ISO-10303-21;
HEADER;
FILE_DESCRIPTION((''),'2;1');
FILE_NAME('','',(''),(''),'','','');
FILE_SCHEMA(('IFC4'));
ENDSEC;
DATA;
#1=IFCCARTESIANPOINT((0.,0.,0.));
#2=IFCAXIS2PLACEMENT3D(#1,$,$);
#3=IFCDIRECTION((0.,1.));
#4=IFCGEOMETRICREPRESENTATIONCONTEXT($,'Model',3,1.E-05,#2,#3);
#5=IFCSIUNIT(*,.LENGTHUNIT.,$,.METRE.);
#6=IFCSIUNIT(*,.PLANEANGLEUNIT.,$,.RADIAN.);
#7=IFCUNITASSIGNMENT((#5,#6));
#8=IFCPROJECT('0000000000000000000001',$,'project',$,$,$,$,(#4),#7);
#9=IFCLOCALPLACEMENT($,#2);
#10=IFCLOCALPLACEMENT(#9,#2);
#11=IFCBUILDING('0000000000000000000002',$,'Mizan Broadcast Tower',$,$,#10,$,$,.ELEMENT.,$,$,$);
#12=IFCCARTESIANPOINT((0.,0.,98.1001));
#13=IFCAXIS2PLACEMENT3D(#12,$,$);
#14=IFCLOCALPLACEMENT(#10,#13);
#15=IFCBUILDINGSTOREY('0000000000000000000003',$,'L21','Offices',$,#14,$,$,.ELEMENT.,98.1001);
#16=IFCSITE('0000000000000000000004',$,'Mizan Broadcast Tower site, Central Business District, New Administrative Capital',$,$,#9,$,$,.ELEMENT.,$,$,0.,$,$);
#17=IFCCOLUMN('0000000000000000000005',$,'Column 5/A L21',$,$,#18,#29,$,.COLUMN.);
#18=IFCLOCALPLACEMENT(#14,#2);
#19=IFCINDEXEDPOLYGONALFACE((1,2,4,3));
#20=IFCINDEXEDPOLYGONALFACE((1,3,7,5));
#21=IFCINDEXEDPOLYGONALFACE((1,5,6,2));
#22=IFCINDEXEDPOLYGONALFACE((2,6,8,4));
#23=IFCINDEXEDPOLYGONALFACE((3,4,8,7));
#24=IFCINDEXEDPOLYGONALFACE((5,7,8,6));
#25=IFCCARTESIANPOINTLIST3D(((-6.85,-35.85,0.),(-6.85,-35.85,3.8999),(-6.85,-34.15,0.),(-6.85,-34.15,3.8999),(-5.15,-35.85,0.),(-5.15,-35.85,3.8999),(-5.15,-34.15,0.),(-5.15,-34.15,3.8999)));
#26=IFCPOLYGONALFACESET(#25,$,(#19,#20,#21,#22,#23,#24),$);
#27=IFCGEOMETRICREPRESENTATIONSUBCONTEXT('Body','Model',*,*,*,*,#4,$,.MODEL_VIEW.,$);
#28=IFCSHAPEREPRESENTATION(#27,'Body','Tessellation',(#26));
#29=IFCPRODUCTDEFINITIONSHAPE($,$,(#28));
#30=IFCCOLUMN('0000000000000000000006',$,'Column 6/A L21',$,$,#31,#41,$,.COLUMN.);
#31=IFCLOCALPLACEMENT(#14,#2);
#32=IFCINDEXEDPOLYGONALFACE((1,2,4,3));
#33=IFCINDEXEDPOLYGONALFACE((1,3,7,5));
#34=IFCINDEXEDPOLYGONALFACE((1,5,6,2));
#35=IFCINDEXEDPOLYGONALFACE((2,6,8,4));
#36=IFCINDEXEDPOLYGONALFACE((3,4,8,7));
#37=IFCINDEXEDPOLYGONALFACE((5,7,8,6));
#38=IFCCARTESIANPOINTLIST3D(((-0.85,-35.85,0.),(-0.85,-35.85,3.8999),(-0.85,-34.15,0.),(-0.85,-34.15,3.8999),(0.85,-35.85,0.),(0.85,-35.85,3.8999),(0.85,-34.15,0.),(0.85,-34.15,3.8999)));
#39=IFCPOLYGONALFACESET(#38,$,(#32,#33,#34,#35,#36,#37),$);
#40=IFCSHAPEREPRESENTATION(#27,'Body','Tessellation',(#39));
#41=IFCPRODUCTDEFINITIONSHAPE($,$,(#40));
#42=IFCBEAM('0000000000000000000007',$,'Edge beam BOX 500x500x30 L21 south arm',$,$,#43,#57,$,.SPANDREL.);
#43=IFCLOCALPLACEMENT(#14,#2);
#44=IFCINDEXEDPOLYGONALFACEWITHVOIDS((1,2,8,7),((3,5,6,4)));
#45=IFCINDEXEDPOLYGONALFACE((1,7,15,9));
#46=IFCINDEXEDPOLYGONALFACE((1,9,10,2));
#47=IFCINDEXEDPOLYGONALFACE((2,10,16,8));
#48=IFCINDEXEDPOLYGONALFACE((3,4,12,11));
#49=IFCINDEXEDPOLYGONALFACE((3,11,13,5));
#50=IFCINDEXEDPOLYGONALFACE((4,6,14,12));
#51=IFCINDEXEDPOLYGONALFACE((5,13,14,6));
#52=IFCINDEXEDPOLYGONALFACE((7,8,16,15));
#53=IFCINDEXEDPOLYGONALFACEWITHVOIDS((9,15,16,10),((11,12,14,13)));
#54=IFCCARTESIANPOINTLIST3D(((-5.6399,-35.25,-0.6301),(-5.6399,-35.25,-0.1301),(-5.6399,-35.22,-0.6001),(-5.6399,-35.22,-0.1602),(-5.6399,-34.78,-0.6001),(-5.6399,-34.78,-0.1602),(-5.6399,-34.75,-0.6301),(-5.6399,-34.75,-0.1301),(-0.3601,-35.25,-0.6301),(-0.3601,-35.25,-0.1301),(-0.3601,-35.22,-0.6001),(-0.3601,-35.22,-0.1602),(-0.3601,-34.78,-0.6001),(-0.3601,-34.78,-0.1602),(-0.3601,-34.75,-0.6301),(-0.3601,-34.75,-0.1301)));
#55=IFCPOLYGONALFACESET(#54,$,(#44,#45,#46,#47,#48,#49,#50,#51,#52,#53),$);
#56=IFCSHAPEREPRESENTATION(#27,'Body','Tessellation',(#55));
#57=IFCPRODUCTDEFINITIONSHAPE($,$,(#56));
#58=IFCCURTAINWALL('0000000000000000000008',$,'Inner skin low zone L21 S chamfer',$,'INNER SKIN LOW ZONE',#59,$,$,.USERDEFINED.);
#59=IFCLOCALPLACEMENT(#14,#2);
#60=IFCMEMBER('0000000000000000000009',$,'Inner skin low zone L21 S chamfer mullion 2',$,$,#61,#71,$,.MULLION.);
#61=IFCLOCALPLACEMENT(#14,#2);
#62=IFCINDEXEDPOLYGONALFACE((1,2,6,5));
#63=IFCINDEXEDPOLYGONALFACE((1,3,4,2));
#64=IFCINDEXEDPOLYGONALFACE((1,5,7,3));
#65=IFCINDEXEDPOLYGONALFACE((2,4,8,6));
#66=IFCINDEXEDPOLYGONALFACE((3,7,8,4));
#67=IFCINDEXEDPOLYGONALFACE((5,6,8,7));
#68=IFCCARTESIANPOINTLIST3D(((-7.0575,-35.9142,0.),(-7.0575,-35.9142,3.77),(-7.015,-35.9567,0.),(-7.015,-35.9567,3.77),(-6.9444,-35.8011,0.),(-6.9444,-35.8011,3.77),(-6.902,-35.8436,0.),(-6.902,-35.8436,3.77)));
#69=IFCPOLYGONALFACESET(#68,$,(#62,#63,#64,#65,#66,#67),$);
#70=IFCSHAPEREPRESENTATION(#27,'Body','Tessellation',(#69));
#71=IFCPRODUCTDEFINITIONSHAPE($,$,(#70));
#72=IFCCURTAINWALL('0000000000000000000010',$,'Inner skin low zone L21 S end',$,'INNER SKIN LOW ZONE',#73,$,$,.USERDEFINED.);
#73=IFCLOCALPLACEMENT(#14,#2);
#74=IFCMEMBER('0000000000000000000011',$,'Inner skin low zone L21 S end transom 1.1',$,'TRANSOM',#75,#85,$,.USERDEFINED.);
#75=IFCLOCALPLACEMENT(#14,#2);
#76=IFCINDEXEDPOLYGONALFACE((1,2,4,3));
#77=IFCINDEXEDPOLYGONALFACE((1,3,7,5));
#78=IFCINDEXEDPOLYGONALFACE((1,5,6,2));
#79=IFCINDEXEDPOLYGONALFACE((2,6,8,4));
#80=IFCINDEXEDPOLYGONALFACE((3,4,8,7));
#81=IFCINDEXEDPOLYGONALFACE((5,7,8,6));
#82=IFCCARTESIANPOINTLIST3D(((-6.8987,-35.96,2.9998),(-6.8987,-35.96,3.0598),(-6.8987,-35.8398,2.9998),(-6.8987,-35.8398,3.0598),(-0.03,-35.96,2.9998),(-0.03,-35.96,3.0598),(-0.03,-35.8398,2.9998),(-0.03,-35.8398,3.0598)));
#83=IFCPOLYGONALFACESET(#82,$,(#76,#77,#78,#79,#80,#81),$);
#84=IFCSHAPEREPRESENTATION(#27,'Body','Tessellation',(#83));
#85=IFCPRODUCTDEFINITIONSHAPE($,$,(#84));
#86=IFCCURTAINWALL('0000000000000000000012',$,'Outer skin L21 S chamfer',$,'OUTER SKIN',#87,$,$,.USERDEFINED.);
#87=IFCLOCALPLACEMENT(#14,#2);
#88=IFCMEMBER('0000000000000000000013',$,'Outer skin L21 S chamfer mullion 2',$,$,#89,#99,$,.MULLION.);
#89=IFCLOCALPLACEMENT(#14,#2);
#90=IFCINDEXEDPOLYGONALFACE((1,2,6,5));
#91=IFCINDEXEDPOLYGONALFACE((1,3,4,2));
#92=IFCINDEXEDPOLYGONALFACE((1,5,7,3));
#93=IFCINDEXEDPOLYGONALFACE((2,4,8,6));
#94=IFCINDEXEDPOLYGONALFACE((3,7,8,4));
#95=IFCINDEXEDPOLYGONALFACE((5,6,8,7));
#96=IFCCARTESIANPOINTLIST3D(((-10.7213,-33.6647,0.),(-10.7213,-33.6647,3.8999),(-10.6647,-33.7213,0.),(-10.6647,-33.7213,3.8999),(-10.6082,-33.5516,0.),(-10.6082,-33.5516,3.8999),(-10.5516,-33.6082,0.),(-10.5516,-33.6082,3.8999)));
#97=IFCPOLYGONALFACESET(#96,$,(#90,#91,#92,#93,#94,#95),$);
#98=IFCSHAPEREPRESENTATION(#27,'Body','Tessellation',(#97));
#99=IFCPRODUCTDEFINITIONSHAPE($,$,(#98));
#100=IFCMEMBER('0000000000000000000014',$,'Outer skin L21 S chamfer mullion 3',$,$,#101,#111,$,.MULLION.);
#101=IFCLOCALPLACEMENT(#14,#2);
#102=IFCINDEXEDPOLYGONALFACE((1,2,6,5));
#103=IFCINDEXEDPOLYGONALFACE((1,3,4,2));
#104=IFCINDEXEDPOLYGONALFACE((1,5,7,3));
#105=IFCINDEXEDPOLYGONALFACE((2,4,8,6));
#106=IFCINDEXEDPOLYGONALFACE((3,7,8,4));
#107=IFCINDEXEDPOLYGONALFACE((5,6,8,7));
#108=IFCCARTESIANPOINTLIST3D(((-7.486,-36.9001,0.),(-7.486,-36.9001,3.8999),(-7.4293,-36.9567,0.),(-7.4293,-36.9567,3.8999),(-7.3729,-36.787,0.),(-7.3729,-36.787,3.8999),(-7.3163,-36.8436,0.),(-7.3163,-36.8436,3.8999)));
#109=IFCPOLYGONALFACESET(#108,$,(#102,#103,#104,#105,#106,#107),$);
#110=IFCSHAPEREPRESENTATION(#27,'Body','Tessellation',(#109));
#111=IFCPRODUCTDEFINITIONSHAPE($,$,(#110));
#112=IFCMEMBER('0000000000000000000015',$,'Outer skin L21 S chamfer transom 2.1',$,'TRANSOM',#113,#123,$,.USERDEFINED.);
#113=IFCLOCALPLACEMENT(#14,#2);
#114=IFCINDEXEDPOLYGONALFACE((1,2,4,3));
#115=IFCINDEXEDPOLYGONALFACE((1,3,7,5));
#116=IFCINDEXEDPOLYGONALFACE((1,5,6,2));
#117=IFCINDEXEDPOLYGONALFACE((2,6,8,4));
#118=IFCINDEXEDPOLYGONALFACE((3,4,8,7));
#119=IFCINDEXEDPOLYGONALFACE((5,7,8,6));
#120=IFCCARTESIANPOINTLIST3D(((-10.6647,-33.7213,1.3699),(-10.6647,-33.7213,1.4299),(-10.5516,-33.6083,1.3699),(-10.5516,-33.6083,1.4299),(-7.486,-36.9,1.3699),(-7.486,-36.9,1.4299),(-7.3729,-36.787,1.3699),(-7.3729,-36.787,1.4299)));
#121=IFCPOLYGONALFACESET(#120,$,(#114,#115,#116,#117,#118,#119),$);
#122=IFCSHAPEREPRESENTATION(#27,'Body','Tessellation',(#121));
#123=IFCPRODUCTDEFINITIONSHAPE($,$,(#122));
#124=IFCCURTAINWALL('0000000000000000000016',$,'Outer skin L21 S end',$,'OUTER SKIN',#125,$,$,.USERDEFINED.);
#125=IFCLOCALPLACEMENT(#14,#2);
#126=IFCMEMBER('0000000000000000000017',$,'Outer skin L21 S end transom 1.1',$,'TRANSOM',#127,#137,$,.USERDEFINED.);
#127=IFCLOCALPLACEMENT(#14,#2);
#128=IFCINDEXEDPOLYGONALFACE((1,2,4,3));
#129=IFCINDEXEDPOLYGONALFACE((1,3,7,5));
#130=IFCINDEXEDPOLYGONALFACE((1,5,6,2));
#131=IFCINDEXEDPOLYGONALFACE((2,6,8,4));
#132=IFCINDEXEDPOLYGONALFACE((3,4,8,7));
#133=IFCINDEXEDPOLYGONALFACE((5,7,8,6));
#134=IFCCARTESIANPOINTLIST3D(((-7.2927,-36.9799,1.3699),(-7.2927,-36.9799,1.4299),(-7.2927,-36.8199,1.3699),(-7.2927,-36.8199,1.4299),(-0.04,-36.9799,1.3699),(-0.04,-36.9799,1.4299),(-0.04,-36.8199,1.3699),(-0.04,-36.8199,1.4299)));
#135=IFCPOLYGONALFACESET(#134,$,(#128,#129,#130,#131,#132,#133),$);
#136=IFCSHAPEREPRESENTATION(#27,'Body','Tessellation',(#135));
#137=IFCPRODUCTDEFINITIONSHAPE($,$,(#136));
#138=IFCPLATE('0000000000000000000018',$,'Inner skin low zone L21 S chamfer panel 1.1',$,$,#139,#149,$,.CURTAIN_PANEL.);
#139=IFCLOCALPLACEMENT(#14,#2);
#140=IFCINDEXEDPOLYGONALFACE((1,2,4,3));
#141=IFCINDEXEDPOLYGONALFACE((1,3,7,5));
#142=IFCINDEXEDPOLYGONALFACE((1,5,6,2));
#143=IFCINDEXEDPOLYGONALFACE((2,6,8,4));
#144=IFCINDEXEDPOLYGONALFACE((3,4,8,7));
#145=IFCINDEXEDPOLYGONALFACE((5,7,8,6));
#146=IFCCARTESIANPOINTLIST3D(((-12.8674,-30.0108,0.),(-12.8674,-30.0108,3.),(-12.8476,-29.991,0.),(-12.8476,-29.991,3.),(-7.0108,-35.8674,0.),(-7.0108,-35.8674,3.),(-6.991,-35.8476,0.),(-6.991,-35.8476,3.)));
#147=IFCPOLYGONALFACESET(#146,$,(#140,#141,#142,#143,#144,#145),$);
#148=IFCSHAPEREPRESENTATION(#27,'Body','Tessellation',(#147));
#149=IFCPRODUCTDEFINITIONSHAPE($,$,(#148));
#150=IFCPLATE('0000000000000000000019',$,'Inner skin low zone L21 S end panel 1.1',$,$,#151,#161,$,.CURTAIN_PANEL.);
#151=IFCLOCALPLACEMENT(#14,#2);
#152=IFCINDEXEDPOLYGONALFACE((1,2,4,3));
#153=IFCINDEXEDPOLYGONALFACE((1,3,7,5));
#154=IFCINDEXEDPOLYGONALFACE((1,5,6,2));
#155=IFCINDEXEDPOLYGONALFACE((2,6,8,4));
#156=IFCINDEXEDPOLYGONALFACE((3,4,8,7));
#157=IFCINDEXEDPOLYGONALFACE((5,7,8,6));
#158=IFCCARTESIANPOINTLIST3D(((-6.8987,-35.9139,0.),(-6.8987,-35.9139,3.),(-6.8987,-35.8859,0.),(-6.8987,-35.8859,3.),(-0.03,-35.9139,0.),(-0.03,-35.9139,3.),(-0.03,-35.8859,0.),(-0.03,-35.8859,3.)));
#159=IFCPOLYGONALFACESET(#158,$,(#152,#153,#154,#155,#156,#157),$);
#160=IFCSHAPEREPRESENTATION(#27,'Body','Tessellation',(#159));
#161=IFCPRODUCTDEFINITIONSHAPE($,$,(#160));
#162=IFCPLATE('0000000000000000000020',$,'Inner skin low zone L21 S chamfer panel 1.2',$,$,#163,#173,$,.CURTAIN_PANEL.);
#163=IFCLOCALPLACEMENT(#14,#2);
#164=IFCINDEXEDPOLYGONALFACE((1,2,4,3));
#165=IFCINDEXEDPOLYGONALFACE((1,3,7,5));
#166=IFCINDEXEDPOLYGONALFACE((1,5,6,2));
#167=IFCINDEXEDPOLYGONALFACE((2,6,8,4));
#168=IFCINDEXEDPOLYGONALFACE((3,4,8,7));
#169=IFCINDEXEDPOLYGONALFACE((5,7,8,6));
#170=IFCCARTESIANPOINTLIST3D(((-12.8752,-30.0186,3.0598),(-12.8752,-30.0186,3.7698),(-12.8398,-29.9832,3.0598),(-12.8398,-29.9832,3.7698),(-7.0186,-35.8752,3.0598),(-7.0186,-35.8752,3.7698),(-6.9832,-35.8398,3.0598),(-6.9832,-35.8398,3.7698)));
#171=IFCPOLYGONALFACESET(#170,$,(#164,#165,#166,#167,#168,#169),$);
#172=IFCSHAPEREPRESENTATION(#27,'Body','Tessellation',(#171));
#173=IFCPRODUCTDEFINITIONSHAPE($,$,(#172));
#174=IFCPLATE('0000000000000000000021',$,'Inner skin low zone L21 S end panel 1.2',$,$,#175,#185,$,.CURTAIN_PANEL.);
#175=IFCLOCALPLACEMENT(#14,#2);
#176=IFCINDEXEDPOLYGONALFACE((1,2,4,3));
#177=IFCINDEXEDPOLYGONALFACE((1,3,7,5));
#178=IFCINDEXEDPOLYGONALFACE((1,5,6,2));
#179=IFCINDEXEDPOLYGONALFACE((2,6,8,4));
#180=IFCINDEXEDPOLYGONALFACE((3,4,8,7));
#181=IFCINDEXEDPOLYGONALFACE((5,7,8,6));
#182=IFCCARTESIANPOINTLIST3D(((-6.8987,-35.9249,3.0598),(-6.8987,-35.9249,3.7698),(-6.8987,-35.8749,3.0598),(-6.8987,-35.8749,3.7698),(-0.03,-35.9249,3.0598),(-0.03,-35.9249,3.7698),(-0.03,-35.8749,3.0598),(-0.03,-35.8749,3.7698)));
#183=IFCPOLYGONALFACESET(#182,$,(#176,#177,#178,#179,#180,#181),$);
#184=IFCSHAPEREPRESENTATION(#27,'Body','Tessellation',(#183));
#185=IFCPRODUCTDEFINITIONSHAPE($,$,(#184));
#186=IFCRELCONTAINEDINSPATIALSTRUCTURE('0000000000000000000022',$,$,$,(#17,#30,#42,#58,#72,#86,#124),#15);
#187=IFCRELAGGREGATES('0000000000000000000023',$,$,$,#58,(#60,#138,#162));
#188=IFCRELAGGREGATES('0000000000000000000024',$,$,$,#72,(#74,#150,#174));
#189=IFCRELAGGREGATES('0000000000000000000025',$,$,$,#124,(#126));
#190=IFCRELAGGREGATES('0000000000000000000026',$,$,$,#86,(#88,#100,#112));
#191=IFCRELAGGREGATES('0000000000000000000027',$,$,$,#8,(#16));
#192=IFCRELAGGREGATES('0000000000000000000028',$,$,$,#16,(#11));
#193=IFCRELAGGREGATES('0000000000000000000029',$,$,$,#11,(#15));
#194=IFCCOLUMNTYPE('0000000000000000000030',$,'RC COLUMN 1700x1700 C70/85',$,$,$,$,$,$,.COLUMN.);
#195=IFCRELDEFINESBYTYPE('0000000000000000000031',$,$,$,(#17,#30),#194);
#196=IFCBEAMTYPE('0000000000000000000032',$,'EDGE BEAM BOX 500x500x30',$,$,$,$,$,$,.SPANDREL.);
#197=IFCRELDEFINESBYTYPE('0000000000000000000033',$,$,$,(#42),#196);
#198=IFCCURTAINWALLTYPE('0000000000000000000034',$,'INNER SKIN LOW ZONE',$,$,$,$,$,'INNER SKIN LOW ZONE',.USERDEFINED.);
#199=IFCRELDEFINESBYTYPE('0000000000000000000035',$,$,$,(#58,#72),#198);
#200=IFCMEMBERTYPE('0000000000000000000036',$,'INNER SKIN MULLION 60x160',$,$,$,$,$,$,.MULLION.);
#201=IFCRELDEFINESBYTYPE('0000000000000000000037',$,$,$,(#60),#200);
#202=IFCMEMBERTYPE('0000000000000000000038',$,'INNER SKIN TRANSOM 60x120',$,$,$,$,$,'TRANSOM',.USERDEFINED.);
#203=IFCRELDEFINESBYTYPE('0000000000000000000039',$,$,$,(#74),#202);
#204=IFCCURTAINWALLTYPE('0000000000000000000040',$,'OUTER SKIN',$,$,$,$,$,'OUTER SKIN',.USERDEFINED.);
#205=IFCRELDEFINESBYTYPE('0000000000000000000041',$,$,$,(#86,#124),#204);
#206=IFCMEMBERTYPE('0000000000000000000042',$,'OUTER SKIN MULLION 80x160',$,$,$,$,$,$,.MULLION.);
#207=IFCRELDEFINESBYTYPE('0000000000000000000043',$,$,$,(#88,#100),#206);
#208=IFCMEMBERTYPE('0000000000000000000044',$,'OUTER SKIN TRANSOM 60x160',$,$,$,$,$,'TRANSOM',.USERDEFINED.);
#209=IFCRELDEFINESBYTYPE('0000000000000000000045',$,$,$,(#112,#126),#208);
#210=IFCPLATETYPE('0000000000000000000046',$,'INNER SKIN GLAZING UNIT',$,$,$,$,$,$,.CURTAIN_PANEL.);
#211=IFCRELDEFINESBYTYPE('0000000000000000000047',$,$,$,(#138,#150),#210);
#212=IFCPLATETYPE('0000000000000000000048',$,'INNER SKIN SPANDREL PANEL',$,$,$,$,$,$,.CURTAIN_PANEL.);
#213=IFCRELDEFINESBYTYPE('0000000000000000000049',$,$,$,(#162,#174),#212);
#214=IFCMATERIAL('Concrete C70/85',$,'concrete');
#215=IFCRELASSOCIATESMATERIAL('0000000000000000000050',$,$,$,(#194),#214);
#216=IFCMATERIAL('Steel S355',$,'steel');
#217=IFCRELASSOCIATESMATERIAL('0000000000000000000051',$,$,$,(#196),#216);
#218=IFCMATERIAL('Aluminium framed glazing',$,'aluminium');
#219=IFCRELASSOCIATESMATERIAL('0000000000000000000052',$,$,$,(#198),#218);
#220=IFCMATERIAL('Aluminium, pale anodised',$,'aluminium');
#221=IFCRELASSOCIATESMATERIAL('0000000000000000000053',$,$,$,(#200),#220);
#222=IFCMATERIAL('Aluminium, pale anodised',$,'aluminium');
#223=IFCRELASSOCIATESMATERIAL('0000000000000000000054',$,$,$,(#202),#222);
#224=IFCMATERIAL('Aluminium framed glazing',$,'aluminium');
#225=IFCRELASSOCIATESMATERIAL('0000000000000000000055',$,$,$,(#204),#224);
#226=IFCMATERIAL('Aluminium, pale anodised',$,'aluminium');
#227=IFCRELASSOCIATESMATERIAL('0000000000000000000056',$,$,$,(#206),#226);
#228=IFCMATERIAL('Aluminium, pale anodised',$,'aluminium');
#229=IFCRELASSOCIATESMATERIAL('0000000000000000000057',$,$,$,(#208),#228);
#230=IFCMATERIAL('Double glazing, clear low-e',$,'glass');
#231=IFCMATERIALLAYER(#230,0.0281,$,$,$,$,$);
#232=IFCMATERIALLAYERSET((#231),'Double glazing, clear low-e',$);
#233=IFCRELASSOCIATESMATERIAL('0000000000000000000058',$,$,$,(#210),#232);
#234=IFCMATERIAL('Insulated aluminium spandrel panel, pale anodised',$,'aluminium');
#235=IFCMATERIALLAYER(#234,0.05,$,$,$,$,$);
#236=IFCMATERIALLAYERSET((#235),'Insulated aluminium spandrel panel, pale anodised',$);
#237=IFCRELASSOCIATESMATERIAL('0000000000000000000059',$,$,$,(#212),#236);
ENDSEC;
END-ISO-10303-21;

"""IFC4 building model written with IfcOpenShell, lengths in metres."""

from ifc_helpers import new_model, si_unit, direction, frame, origin, origin_2d, place, context, subcontext, project, spatial, rectangle, hollow_rectangle, extrude, material, layer, layer_set, material_profile, profile_set, type_object, element, aggregate, save


model = new_model("IFC4")

# Units and contexts
model_context = context("Model", 3, precision=1e-05, world=origin(), true_north=direction((0.0, 1.0)))
body_context = subcontext(model_context, "Body", "Model", "MODEL_VIEW")
ifc_project = project(units=[si_unit("LENGTHUNIT", "METRE"), si_unit("PLANEANGLEUNIT", "RADIAN")], contexts=[model_context])

# Site, building, storey
site_placement = place(None, origin())
site = spatial("IfcSite", under=ifc_project, at=site_placement, Name="Mizan Broadcast Tower site, Central Business District, New Administrative Capital", CompositionType="ELEMENT", RefElevation=0.0)
building_placement = place(site_placement, origin())
building = spatial("IfcBuilding", under=site, at=building_placement, Name="Mizan Broadcast Tower", CompositionType="ELEMENT")
storey_placement = place(building_placement, frame((0.0, 0.0, 98.1001)))
storey = spatial("IfcBuildingStorey", under=building, at=storey_placement, Name="L21", Description="Offices", CompositionType="ELEMENT", Elevation=98.1001)

# Columns
ifc_material_1 = material(Name="Concrete C70/85", Category="concrete")
ifc_material_profile_1 = material_profile(ifc_material_1, rectangle(XDim=1.7, YDim=1.7, at=origin_2d()), Name="RC 1700x1700")
ifc_profile_set_1 = profile_set([ifc_material_profile_1], Name="Concrete C70/85")
column_type = type_object("IfcColumnType", Name="RC COLUMN 1700x1700 C70/85", PredefinedType="COLUMN", material=ifc_profile_set_1)
for number, where, z_axis, x_axis, name in (
    (1, (-6.0, -35.0, 0.0), (0.0, 0.0, 1.0), (1.0, 0.0, 0.0), "Column 5/A L21"),
    (2, (0.0, -35.0, 0.0), (0.0, 0.0, 1.0), (1.0, 0.0, 0.0), "Column 6/A L21"),
):
    element("IfcColumn", number, at=place(storey_placement, frame(where, z_axis=z_axis, x_axis=x_axis)), inside=storey, type_object=column_type, Name=name, PredefinedType="COLUMN", context=body_context, shape_type="SweptSolid", body=[
        extrude(rectangle(XDim=1.7, YDim=1.7, at=origin_2d()), origin(), (0.0, 0.0, 1.0), 3.8999),
    ])

# Beam
ifc_material_2 = material(Name="Steel S355", Category="steel")
ifc_material_profile_2 = material_profile(ifc_material_2, hollow_rectangle(XDim=0.5, YDim=0.5, WallThickness=0.03, at=origin_2d()), Name="BOX 500x500x30")
ifc_profile_set_2 = profile_set([ifc_material_profile_2], Name="Steel S355")
beam_type = type_object("IfcBeamType", Name="EDGE BEAM BOX 500x500x30", PredefinedType="SPANDREL", material=ifc_profile_set_2)
beam_placement = place(storey_placement, frame((-5.6399, -35.0, -0.3801), z_axis=(1.0, 0.0, 0.0), x_axis=(0.0, 1.0, 0.0)))
element("IfcBeam", 3, at=beam_placement, inside=storey, type_object=beam_type, Name="Edge beam BOX 500x500x30 L21 south arm", PredefinedType="SPANDREL", context=body_context, shape_type="SweptSolid", body=[
    extrude(hollow_rectangle(XDim=0.5, YDim=0.5, WallThickness=0.03, at=origin_2d()), origin(), (0.0, 0.0, 1.0), 5.2798),
])

# Curtain walls, members
ifc_material_3 = material(Name="Aluminium framed glazing", Category="aluminium")
curtain_wall_type_1 = type_object("IfcCurtainWallType", Name="INNER SKIN LOW ZONE", ElementType="INNER SKIN LOW ZONE", PredefinedType="USERDEFINED", material=ifc_material_3)
curtain_wall_1_placement = place(storey_placement, origin())
curtain_wall_1 = element("IfcCurtainWall", 4, at=curtain_wall_1_placement, inside=storey, type_object=curtain_wall_type_1, Name="Inner skin low zone L21 S chamfer", ObjectType="INNER SKIN LOW ZONE", PredefinedType="USERDEFINED")
ifc_material_4 = material(Name="Aluminium, pale anodised", Category="aluminium")
ifc_material_profile_3 = material_profile(ifc_material_4, rectangle(XDim=0.1599, YDim=0.0601, at=origin_2d()), Name="MULLION 160x60")
ifc_profile_set_3 = profile_set([ifc_material_profile_3], Name="Aluminium, pale anodised")
member_type_1 = type_object("IfcMemberType", Name="INNER SKIN MULLION 60x160", PredefinedType="MULLION", material=ifc_profile_set_3)
member_1_placement = place(storey_placement, frame((-6.9797, -35.8789, 0.0), z_axis=(0.0, 0.0, 1.0), x_axis=(0.707107, 0.707107, 0.0)))
member_1 = element("IfcMember", 5, at=member_1_placement, type_object=member_type_1, Name="Inner skin low zone L21 S chamfer mullion 2", PredefinedType="MULLION", context=body_context, shape_type="SweptSolid", body=[
    extrude(rectangle(XDim=0.1599, YDim=0.0601, at=origin_2d()), origin(), (0.0, 0.0, 1.0), 3.77),
])
curtain_wall_2_placement = place(storey_placement, origin())
curtain_wall_2 = element("IfcCurtainWall", 6, at=curtain_wall_2_placement, inside=storey, type_object=curtain_wall_type_1, Name="Inner skin low zone L21 S end", ObjectType="INNER SKIN LOW ZONE", PredefinedType="USERDEFINED")
ifc_material_5 = material(Name="Aluminium, pale anodised", Category="aluminium")
ifc_material_profile_4 = material_profile(ifc_material_5, rectangle(XDim=0.1201, YDim=0.0601, at=origin_2d()), Name="TRANSOM 120x60")
ifc_profile_set_4 = profile_set([ifc_material_profile_4], Name="Aluminium, pale anodised")
member_type_2 = type_object("IfcMemberType", Name="INNER SKIN TRANSOM 60x120", ElementType="TRANSOM", PredefinedType="USERDEFINED", material=ifc_profile_set_4)
member_2_placement = place(storey_placement, frame((-6.8987, -35.8999, 3.0298), z_axis=(1.0, 0.0, 0.0), x_axis=(0.0, 1.0, 0.0)))
member_2 = element("IfcMember", 7, at=member_2_placement, type_object=member_type_2, Name="Inner skin low zone L21 S end transom 1.1", ObjectType="TRANSOM", PredefinedType="USERDEFINED", context=body_context, shape_type="SweptSolid", body=[
    extrude(rectangle(XDim=0.1201, YDim=0.0601, at=origin_2d()), origin(), (0.0, 0.0, 1.0), 6.8687),
])

# Curtain wall, members
ifc_material_6 = material(Name="Aluminium framed glazing", Category="aluminium")
curtain_wall_type_2 = type_object("IfcCurtainWallType", Name="OUTER SKIN", ElementType="OUTER SKIN", PredefinedType="USERDEFINED", material=ifc_material_6)
curtain_wall_3_placement = place(storey_placement, origin())
curtain_wall_3 = element("IfcCurtainWall", 8, at=curtain_wall_3_placement, inside=storey, type_object=curtain_wall_type_2, Name="Outer skin L21 S chamfer", ObjectType="OUTER SKIN", PredefinedType="USERDEFINED")
ifc_material_7 = material(Name="Aluminium, pale anodised", Category="aluminium")
ifc_material_profile_5 = material_profile(ifc_material_7, rectangle(XDim=0.1599, YDim=0.0801, at=origin_2d()), Name="MULLION 160x80")
ifc_profile_set_5 = profile_set([ifc_material_profile_5], Name="Aluminium, pale anodised")
member_type_3 = type_object("IfcMemberType", Name="OUTER SKIN MULLION 80x160", PredefinedType="MULLION", material=ifc_profile_set_5)
member_3_placement = place(storey_placement, frame((-10.6365, -33.6365, 0.0), z_axis=(0.0, 0.0, 1.0), x_axis=(0.707107, 0.707107, 0.0)))
member_3 = element("IfcMember", 9, at=member_3_placement, type_object=member_type_3, Name="Outer skin L21 S chamfer mullion 2", PredefinedType="MULLION", context=body_context, shape_type="SweptSolid", body=[
    extrude(rectangle(XDim=0.1599, YDim=0.0801, at=origin_2d()), origin(), (0.0, 0.0, 1.0), 3.8999),
])
member_4_placement = place(storey_placement, frame((-7.4011, -36.8718, 0.0), z_axis=(0.0, 0.0, 1.0), x_axis=(0.707107, 0.707107, 0.0)))
member_4 = element("IfcMember", 10, at=member_4_placement, type_object=member_type_3, Name="Outer skin L21 S chamfer mullion 3", PredefinedType="MULLION", context=body_context, shape_type="SweptSolid", body=[
    extrude(rectangle(XDim=0.1599, YDim=0.0801, at=origin_2d()), origin(), (0.0, 0.0, 1.0), 3.8999),
])
ifc_material_8 = material(Name="Aluminium, pale anodised", Category="aluminium")
ifc_material_profile_6 = material_profile(ifc_material_8, rectangle(XDim=0.1599, YDim=0.0601, at=origin_2d()), Name="TRANSOM 160x60")
ifc_profile_set_6 = profile_set([ifc_material_profile_6], Name="Aluminium, pale anodised")
member_type_4 = type_object("IfcMemberType", Name="OUTER SKIN TRANSOM 60x160", ElementType="TRANSOM", PredefinedType="USERDEFINED", material=ifc_profile_set_6)
member_5_placement = place(storey_placement, frame((-10.6082, -33.6648, 1.3999), z_axis=(0.707107, -0.707107, 0.0), x_axis=(0.707107, 0.707107, 0.0)))
member_5 = element("IfcMember", 11, at=member_5_placement, type_object=member_type_4, Name="Outer skin L21 S chamfer transom 2.1", ObjectType="TRANSOM", PredefinedType="USERDEFINED", context=body_context, shape_type="SweptSolid", body=[
    extrude(rectangle(XDim=0.1599, YDim=0.0601, at=origin_2d()), origin(), (0.0, 0.0, 1.0), 4.4954),
])

# Curtain wall, member
curtain_wall_4_placement = place(storey_placement, origin())
curtain_wall_4 = element("IfcCurtainWall", 12, at=curtain_wall_4_placement, inside=storey, type_object=curtain_wall_type_2, Name="Outer skin L21 S end", ObjectType="OUTER SKIN", PredefinedType="USERDEFINED")
member_6_placement = place(storey_placement, frame((-7.2927, -36.8999, 1.3999), z_axis=(1.0, 0.0, 0.0), x_axis=(0.0, 1.0, 0.0)))
member_6 = element("IfcMember", 13, at=member_6_placement, type_object=member_type_4, Name="Outer skin L21 S end transom 1.1", ObjectType="TRANSOM", PredefinedType="USERDEFINED", context=body_context, shape_type="SweptSolid", body=[
    extrude(rectangle(XDim=0.1599, YDim=0.0601, at=origin_2d()), origin(), (0.0, 0.0, 1.0), 7.2527),
])

# Plates
ifc_material_9 = material(Name="Double glazing, clear low-e", Category="glass")
ifc_layer_1 = layer(ifc_material_9, 0.0281)
ifc_layer_set_1 = layer_set([ifc_layer_1], Name="Double glazing, clear low-e")
plate_type_1 = type_object("IfcPlateType", Name="INNER SKIN GLAZING UNIT", PredefinedType="CURTAIN_PANEL", material=ifc_layer_set_1)
plate_1_placement = place(storey_placement, frame((-9.9292, -32.9292, 0.0), z_axis=(0.0, 0.0, 1.0), x_axis=(0.707107, -0.707107, 0.0)))
plate_1 = element("IfcPlate", 14, at=plate_1_placement, type_object=plate_type_1, Name="Inner skin low zone L21 S chamfer panel 1.1", PredefinedType="CURTAIN_PANEL", context=body_context, shape_type="SweptSolid", body=[
    extrude(rectangle(XDim=8.2825, YDim=0.0281, at=origin_2d()), origin(), (0.0, 0.0, 1.0), 3.0),
])
plate_2_placement = place(storey_placement, frame((-3.4644, -35.8999, 0.0), z_axis=(0.0, 0.0, 1.0), x_axis=(1.0, 0.0, 0.0)))
plate_2 = element("IfcPlate", 15, at=plate_2_placement, type_object=plate_type_1, Name="Inner skin low zone L21 S end panel 1.1", PredefinedType="CURTAIN_PANEL", context=body_context, shape_type="SweptSolid", body=[
    extrude(rectangle(XDim=6.8687, YDim=0.0281, at=origin_2d()), origin(), (0.0, 0.0, 1.0), 3.0),
])
ifc_material_10 = material(Name="Insulated aluminium spandrel panel, pale anodised", Category="aluminium")
ifc_layer_2 = layer(ifc_material_10, 0.05)
ifc_layer_set_2 = layer_set([ifc_layer_2], Name="Insulated aluminium spandrel panel, pale anodised")
plate_type_2 = type_object("IfcPlateType", Name="INNER SKIN SPANDREL PANEL", PredefinedType="CURTAIN_PANEL", material=ifc_layer_set_2)
plate_3_placement = place(storey_placement, frame((-9.9292, -32.9292, 3.0598), z_axis=(0.0, 0.0, 1.0), x_axis=(0.707107, -0.707107, 0.0)))
plate_3 = element("IfcPlate", 16, at=plate_3_placement, type_object=plate_type_2, Name="Inner skin low zone L21 S chamfer panel 1.2", PredefinedType="CURTAIN_PANEL", context=body_context, shape_type="SweptSolid", body=[
    extrude(rectangle(XDim=8.2825, YDim=0.05, at=origin_2d()), origin(), (0.0, 0.0, 1.0), 0.71),
])
aggregate(curtain_wall_1, [member_1, plate_1, plate_3])
plate_4_placement = place(storey_placement, frame((-3.4644, -35.8999, 3.0598), z_axis=(0.0, 0.0, 1.0), x_axis=(1.0, 0.0, 0.0)))
plate_4 = element("IfcPlate", 17, at=plate_4_placement, type_object=plate_type_2, Name="Inner skin low zone L21 S end panel 1.2", PredefinedType="CURTAIN_PANEL", context=body_context, shape_type="SweptSolid", body=[
    extrude(rectangle(XDim=6.8687, YDim=0.05, at=origin_2d()), origin(), (0.0, 0.0, 1.0), 0.71),
])
aggregate(curtain_wall_2, [member_2, plate_2, plate_4])
aggregate(curtain_wall_4, [member_6])
aggregate(curtain_wall_3, [member_3, member_4, member_5])

save(model, "model.ifc")
